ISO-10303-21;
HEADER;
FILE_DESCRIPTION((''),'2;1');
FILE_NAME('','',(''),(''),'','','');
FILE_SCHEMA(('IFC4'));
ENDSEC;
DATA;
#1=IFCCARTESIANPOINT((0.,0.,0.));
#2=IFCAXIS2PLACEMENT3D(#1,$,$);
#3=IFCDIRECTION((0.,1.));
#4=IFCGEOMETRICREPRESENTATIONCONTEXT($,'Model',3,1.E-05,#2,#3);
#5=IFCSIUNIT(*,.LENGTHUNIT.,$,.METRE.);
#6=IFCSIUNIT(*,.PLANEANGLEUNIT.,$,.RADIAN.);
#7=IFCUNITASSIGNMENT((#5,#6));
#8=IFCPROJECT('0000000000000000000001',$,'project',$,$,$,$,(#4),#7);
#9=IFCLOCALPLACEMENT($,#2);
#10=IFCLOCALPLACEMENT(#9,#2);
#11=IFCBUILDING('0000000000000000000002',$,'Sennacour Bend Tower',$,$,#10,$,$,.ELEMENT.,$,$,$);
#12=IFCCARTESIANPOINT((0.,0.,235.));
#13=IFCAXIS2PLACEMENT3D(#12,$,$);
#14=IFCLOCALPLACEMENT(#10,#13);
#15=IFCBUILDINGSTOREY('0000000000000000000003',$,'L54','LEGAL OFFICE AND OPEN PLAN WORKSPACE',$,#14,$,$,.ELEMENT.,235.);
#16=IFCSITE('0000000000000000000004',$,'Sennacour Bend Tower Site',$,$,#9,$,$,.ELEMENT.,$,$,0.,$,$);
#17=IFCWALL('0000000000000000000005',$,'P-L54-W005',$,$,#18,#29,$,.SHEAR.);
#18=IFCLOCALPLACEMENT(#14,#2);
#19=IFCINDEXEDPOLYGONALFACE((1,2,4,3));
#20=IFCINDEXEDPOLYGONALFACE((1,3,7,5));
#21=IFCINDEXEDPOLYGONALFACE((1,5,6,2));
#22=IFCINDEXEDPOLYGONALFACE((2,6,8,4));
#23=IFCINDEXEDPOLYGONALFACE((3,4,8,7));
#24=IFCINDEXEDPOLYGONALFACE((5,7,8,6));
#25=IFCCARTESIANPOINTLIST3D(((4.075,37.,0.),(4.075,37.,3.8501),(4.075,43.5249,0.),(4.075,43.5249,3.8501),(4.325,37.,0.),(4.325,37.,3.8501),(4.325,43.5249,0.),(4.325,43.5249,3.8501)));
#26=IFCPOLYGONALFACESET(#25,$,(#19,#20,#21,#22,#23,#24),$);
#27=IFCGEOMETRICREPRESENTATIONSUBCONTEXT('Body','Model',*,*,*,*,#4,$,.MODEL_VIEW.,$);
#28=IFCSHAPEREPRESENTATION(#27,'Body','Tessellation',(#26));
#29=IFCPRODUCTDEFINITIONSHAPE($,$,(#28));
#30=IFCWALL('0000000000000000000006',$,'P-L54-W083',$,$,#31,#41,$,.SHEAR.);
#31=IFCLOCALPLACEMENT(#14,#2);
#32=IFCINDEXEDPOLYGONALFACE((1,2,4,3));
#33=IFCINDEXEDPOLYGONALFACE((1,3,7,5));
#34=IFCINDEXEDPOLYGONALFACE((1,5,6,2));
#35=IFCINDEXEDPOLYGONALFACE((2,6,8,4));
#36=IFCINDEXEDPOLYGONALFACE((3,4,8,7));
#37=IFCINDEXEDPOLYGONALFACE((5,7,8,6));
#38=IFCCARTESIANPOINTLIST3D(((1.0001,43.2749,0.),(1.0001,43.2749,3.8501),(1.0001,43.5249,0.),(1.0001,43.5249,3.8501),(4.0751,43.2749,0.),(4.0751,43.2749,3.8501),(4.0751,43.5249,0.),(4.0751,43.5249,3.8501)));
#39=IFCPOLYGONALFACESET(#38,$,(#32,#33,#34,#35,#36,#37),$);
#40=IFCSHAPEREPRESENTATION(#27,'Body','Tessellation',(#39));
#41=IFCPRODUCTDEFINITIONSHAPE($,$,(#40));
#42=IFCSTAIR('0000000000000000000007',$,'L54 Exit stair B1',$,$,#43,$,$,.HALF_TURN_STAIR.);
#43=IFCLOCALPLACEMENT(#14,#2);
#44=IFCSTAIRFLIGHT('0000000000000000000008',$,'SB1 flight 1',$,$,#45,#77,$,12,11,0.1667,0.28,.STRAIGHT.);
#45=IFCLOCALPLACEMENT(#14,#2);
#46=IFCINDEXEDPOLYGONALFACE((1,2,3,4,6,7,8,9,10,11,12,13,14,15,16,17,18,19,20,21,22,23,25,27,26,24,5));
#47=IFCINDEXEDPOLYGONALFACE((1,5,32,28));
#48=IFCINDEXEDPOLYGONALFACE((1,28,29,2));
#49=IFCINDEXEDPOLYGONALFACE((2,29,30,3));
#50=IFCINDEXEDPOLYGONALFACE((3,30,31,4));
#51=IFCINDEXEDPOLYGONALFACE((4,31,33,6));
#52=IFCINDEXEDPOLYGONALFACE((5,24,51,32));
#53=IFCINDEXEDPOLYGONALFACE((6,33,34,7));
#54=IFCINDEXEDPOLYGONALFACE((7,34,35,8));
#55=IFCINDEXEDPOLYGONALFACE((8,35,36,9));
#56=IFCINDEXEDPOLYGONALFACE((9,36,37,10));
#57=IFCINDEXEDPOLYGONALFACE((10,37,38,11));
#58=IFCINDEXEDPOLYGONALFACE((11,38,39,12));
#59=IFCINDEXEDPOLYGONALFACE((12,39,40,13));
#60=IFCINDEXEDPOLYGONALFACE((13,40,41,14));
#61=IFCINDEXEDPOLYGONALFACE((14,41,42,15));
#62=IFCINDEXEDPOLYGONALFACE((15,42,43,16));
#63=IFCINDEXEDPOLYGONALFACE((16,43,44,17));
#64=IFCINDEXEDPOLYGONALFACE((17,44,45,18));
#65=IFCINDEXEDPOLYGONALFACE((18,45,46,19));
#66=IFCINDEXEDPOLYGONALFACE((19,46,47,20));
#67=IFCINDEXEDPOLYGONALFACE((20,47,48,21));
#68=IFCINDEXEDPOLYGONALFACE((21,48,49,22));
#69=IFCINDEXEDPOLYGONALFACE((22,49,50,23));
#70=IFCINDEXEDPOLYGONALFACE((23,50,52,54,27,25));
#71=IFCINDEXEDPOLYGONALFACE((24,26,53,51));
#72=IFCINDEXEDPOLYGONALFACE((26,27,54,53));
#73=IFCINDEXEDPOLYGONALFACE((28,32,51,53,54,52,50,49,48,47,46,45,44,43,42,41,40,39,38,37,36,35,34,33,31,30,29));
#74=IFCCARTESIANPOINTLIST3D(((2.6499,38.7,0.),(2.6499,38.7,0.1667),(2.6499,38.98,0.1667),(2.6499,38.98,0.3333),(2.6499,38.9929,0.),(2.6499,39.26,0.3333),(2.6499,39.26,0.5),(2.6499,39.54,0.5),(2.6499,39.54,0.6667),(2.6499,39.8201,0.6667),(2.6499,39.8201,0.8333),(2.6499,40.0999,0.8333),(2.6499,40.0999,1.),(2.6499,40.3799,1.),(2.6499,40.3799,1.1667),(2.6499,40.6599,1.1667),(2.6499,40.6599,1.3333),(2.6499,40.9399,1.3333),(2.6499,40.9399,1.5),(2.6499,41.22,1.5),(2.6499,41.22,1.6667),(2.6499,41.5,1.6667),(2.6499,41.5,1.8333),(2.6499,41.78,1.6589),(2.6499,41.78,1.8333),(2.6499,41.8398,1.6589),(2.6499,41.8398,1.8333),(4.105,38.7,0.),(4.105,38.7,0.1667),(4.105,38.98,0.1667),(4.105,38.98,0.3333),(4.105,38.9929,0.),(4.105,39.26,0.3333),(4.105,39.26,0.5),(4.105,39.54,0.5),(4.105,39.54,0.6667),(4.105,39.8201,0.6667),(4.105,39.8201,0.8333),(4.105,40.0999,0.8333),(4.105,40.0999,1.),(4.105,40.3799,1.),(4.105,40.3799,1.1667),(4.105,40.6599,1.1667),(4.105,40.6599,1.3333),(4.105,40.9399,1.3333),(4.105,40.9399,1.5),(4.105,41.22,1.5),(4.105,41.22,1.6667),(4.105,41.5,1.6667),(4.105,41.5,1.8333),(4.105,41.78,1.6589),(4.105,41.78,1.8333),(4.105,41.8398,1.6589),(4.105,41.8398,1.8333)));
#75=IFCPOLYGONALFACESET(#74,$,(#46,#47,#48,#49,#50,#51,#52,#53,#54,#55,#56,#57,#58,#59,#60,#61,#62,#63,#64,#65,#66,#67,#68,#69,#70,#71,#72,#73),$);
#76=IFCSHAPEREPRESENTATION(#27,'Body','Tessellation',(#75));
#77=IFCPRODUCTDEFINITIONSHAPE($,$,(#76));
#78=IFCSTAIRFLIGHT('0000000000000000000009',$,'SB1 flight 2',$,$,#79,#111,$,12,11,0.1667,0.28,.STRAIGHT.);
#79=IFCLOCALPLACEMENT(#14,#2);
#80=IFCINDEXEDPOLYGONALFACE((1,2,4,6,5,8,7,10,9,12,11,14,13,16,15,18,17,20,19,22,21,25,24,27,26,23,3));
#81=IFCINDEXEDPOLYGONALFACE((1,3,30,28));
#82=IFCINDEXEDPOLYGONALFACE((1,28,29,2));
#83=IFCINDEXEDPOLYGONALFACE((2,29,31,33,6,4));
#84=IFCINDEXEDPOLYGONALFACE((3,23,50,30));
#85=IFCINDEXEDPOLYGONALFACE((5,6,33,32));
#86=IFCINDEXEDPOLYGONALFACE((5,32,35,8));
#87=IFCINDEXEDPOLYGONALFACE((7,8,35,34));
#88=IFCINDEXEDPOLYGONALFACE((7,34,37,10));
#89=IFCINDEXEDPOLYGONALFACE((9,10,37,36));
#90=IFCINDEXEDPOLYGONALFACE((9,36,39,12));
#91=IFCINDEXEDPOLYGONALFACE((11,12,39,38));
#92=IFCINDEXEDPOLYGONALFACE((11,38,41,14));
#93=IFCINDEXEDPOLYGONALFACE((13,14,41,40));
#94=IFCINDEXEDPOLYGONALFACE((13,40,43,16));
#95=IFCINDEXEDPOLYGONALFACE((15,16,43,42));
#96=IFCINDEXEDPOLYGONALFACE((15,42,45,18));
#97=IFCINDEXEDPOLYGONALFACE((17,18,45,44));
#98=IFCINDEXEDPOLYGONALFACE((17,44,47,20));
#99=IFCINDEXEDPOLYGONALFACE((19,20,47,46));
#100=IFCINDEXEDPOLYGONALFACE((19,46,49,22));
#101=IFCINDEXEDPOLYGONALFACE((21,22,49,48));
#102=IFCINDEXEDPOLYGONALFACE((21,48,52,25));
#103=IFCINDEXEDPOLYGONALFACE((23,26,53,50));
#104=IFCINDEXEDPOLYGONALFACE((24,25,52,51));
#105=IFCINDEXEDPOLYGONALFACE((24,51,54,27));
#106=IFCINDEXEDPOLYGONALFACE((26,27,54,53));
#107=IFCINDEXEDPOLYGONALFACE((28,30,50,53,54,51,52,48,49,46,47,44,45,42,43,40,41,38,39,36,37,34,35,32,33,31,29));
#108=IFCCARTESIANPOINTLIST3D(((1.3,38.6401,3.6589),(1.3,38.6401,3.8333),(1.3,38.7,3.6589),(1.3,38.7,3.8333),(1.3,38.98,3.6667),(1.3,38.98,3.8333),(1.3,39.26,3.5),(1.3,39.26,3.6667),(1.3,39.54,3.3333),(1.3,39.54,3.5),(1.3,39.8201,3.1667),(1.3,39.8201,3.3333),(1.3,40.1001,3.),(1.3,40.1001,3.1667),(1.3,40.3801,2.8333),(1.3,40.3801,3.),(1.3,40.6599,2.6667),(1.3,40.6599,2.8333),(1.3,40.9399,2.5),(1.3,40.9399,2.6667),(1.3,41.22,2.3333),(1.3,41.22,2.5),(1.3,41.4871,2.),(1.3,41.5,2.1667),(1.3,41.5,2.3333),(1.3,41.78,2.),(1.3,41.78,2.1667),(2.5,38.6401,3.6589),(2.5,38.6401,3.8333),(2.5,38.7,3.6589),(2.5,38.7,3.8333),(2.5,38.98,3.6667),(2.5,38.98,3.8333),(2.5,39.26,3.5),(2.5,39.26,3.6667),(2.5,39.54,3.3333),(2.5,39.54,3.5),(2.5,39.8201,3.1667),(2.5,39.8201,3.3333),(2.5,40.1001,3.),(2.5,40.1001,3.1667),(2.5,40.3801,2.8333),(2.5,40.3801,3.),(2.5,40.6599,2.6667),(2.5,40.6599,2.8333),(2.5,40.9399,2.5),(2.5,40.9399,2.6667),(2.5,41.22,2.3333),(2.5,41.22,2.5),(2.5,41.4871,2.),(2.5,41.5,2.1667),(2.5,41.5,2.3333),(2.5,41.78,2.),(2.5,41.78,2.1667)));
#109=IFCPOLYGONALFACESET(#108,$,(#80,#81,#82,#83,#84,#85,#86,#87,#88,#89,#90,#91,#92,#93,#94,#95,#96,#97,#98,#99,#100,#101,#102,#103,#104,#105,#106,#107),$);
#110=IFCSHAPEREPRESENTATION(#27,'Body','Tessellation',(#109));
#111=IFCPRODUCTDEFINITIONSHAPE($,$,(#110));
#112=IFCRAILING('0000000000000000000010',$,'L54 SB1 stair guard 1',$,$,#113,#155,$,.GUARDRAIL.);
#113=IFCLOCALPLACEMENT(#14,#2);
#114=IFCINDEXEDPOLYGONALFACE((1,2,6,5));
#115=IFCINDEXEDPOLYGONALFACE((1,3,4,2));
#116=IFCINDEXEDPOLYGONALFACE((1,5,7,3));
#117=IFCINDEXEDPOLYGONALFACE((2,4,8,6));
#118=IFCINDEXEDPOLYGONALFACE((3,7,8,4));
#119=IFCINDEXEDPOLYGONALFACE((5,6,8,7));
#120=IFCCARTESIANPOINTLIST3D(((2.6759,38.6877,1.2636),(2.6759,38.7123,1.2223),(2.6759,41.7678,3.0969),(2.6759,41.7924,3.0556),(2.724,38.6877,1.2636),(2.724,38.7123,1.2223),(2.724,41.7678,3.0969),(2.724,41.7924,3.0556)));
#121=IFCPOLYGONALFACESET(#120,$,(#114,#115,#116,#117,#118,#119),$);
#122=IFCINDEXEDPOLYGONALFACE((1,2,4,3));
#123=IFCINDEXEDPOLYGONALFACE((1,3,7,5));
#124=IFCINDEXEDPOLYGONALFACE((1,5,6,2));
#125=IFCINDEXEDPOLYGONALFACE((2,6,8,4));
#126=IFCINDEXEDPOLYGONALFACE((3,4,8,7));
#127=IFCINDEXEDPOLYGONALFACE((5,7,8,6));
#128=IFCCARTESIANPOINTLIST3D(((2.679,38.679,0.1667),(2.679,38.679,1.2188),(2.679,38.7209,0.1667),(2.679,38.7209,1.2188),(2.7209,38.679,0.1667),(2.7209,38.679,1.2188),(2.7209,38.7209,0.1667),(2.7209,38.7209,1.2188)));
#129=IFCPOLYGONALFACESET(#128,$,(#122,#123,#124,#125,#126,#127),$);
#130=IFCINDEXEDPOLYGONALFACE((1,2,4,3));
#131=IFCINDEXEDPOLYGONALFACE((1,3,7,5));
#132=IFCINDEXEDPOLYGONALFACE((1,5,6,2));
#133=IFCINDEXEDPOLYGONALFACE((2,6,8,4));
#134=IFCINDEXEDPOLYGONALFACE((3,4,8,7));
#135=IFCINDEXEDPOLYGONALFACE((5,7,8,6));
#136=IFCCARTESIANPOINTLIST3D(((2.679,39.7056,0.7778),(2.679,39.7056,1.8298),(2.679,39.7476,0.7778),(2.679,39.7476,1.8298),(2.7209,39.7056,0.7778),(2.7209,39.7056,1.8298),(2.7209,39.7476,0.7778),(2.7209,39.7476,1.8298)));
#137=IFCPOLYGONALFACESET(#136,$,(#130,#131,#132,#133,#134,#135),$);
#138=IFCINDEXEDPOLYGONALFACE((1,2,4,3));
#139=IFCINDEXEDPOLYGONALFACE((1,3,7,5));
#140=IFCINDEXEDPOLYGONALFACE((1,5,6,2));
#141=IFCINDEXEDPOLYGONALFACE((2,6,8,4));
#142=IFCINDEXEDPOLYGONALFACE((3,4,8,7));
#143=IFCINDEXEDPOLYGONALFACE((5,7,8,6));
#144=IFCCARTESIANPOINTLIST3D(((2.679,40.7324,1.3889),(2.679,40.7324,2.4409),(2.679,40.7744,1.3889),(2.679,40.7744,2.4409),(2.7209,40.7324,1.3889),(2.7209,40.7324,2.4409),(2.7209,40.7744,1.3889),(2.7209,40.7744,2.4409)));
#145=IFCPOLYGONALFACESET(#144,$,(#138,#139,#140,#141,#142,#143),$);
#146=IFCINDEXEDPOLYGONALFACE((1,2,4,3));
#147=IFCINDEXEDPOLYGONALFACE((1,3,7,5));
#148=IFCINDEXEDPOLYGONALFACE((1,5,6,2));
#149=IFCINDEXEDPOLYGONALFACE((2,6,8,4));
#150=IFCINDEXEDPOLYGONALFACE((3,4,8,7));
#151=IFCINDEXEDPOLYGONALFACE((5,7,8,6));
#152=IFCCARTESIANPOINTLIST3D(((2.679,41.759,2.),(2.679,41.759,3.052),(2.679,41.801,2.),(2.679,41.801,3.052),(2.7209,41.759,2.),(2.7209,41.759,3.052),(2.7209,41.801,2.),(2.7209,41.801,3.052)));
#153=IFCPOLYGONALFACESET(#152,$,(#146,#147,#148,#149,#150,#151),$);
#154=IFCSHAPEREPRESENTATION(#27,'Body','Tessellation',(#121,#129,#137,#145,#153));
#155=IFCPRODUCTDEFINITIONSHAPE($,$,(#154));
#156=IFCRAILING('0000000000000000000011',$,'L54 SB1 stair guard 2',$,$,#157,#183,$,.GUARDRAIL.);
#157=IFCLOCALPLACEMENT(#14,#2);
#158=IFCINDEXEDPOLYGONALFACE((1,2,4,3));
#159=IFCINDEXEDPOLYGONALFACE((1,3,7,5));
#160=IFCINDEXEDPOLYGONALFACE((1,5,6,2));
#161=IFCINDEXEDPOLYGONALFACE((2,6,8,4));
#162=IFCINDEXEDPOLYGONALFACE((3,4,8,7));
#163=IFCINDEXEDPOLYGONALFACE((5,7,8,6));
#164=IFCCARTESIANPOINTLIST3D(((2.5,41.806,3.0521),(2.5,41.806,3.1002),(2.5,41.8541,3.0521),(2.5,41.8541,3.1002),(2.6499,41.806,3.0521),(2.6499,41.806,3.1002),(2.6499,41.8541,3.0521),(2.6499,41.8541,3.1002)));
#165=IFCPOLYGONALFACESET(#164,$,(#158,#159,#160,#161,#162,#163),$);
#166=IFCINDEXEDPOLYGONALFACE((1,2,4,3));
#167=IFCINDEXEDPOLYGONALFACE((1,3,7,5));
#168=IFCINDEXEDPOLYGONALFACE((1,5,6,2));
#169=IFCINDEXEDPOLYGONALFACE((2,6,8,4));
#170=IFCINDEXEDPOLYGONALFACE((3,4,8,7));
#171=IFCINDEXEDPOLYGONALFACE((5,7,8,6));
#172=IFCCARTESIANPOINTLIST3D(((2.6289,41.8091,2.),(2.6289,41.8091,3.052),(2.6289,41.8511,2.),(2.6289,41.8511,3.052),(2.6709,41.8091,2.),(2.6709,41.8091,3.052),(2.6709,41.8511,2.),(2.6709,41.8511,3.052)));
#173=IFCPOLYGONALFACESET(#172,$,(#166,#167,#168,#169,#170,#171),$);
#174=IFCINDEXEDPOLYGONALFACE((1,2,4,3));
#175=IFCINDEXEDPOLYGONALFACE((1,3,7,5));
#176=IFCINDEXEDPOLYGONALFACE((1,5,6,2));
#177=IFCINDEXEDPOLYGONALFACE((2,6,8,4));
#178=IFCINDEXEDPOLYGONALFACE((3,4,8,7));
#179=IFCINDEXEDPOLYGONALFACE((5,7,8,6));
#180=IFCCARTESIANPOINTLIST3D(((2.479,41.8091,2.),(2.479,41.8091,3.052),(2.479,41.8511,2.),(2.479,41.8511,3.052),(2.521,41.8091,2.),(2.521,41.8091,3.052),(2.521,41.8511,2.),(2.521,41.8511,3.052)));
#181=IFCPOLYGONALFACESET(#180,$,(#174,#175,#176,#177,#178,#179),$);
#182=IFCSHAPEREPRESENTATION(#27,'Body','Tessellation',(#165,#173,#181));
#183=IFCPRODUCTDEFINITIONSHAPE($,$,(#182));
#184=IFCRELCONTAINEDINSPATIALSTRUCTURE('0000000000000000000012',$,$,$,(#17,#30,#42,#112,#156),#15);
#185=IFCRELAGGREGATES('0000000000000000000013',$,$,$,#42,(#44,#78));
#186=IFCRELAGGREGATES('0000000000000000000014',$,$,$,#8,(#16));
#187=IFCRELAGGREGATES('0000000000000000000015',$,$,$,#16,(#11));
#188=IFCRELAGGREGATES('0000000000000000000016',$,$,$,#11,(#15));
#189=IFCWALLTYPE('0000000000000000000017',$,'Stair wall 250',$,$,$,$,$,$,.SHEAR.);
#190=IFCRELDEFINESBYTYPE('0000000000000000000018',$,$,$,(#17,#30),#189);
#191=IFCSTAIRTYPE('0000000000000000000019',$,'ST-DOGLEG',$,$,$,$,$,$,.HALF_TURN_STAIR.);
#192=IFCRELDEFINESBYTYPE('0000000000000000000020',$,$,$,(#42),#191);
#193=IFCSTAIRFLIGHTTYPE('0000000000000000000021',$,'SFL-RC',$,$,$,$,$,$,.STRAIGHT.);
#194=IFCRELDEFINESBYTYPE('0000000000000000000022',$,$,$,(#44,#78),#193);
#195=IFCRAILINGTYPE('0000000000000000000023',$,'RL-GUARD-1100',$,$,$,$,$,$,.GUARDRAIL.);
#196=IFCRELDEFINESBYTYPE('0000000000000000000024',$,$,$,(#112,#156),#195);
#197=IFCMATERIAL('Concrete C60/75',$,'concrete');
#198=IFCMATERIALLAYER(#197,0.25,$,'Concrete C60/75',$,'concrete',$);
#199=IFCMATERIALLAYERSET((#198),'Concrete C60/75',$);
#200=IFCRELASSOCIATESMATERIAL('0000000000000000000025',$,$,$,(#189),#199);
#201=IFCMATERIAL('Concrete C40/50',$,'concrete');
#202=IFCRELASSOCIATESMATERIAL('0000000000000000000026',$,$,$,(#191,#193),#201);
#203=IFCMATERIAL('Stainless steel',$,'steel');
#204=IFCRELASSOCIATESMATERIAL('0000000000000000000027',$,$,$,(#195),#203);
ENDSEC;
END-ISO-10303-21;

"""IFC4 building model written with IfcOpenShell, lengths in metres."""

from ifc_helpers import new_model, si_unit, direction, frame, frame_2d, origin, origin_2d, place, context, subcontext, project, spatial, polyline, rectangle, outline, extrude, material, layer, layer_set, type_object, element, aggregate, save


model = new_model("IFC4")

# Units and contexts
model_context = context("Model", 3, precision=1e-05, world=origin(), true_north=direction((0.0, 1.0)))
body_context = subcontext(model_context, "Body", "Model", "MODEL_VIEW")
ifc_project = project(units=[si_unit("LENGTHUNIT", "METRE"), si_unit("PLANEANGLEUNIT", "RADIAN")], contexts=[model_context])

# Site, building, storey
site_placement = place(None, origin())
site = spatial("IfcSite", under=ifc_project, at=site_placement, Name="Sennacour Bend Tower Site", CompositionType="ELEMENT", RefElevation=0.0)
building_placement = place(site_placement, origin())
building = spatial("IfcBuilding", under=site, at=building_placement, Name="Sennacour Bend Tower", CompositionType="ELEMENT")
storey_placement = place(building_placement, frame((0.0, 0.0, 235.0)))
storey = spatial("IfcBuildingStorey", under=building, at=storey_placement, Name="L54", Description="LEGAL OFFICE AND OPEN PLAN WORKSPACE", CompositionType="ELEMENT", Elevation=235.0)

# Shared definitions
ifc_material_1 = material(Name="Concrete C60/75", Category="concrete")

# Shared definitions
ifc_material_2 = material(Name="Stainless steel", Category="steel")

# Walls
ifc_layer_1 = layer(ifc_material_1, 0.25, Name="Concrete C60/75", Category="concrete")
ifc_layer_set_1 = layer_set([ifc_layer_1], Name="Concrete C60/75")
wall_type_1 = type_object("IfcWallType", Name="Stair wall 250", PredefinedType="SHEAR", material=ifc_layer_set_1)
wall_1_placement = place(storey_placement, frame((4.2, 37.0, 0.0), z_axis=(0.0, 0.0, 1.0), x_axis=(0.0, 1.0, 0.0)))
element("IfcWall", 1, at=wall_1_placement, inside=storey, type_object=wall_type_1, Name="P-L54-W005", PredefinedType="SHEAR", context=body_context, shape_type="SweptSolid", body=[
    extrude(rectangle(XDim=6.5249, YDim=0.25, at=frame_2d((3.2625, 0.0))), origin(), (0.0, 0.0, 1.0), 3.8501),
])
wall_2_placement = place(storey_placement, frame((1.0, 43.3999, 0.0), z_axis=(0.0, 0.0, 1.0), x_axis=(1.0, 0.0, 0.0)))
element("IfcWall", 2, at=wall_2_placement, inside=storey, type_object=wall_type_1, Name="P-L54-W083", PredefinedType="SHEAR", context=body_context, shape_type="SweptSolid", body=[
    extrude(rectangle(XDim=3.075, YDim=0.25, at=frame_2d((1.5376, 0.0))), origin(), (0.0, 0.0, 1.0), 3.8501),
])

# Stair, stair flights
ifc_material_3 = material(Name="Concrete C40/50", Category="concrete")
stair_type = type_object("IfcStairType", Name="ST-DOGLEG", PredefinedType="HALF_TURN_STAIR", material=ifc_material_3)
stair_placement = place(storey_placement, origin())
stair = element("IfcStair", 3, at=stair_placement, inside=storey, type_object=stair_type, Name="L54 Exit stair B1", PredefinedType="HALF_TURN_STAIR")
stair_flight_type = type_object("IfcStairFlightType", Name="SFL-RC", PredefinedType="STRAIGHT", material=ifc_material_3)
stair_flight_1_placement = place(storey_placement, frame((3.3774, 38.7, 0.0), z_axis=(0.0, 0.0, 1.0), x_axis=(0.0, 1.0, 0.0)))
stair_flight_1 = element("IfcStairFlight", 4, at=stair_flight_1_placement, type_object=stair_flight_type, Name="SB1 flight 1", NumberOfRisers=12, NumberOfTreads=11, PredefinedType="STRAIGHT", RiserHeight=0.1667, TreadLength=0.28, context=body_context, shape_type="SweptSolid", body=[
    extrude(outline(polyline([(0.0, 0.0), (0.0, 0.1667), (0.28, 0.1667), (0.28, 0.3333), (0.5601, 0.3333), (0.5601, 0.5), (0.8401, 0.5), (0.8401, 0.6667), (1.1201, 0.6667), (1.1201, 0.8333), (1.3999, 0.8333), (1.3999, 1.0), (1.6799, 1.0), (1.6799, 1.1667), (1.96, 1.1667), (1.96, 1.3333), (2.24, 1.3333), (2.24, 1.5), (2.52, 1.5), (2.52, 1.6667), (2.8, 1.6667), (2.8, 1.8333), (3.0801, 1.8333), (3.1399, 1.8333), (3.1399, 1.6589), (3.0801, 1.6589), (0.293, 0.0), (0.0, 0.0)])), frame((0.0, 0.7275, 0.0), z_axis=(0.0, -1.0, 0.0), x_axis=(1.0, 0.0, 0.0)), (0.0, 0.0, 1.0), 1.4551),
])
stair_flight_2_placement = place(storey_placement, frame((1.8999, 41.78, 2.0), z_axis=(0.0, 0.0, 1.0), x_axis=(0.0, -1.0, 0.0)))
stair_flight_2 = element("IfcStairFlight", 5, at=stair_flight_2_placement, type_object=stair_flight_type, Name="SB1 flight 2", NumberOfRisers=12, NumberOfTreads=11, PredefinedType="STRAIGHT", RiserHeight=0.1667, TreadLength=0.28, context=body_context, shape_type="SweptSolid", body=[
    extrude(outline(polyline([(0.0, 0.0), (0.0, 0.1667), (0.28, 0.1667), (0.28, 0.3333), (0.5601, 0.3333), (0.5601, 0.5), (0.8401, 0.5), (0.8401, 0.6667), (1.1201, 0.6667), (1.1201, 0.8333), (1.3999, 0.8333), (1.3999, 1.0), (1.6799, 1.0), (1.6799, 1.1667), (1.96, 1.1667), (1.96, 1.3333), (2.24, 1.3333), (2.24, 1.5), (2.52, 1.5), (2.52, 1.6667), (2.8, 1.6667), (2.8, 1.8333), (3.0801, 1.8333), (3.1399, 1.8333), (3.1399, 1.6589), (3.0801, 1.6589), (0.293, 0.0), (0.0, 0.0)])), frame((0.0, 0.6001, 0.0), z_axis=(0.0, -1.0, 0.0), x_axis=(1.0, 0.0, 0.0)), (0.0, 0.0, 1.0), 1.2),
])
aggregate(stair, [stair_flight_1, stair_flight_2])

# Railings
railing_type_1 = type_object("IfcRailingType", Name="RL-GUARD-1100", PredefinedType="GUARDRAIL", material=ifc_material_2)
railing_1_placement = place(storey_placement, frame((2.7, 38.7, 0.1667)))
element("IfcRailing", 6, at=railing_1_placement, inside=storey, type_object=railing_type_1, Name="L54 SB1 stair guard 1", PredefinedType="GUARDRAIL", context=body_context, shape_type="SweptSolid", body=[
    extrude(rectangle(XDim=0.0481, YDim=0.0481, at=origin_2d()), frame((0.0, 0.0, 1.0762), z_axis=(0.0, 0.859309, 0.511458), x_axis=(-1.0, 0.0, 0.0)), (0.0, 0.0, 1.0), 3.5845),
    extrude(rectangle(XDim=0.042, YDim=0.042, at=origin_2d()), origin(), (0.0, 0.0, 1.0), 1.052),
    extrude(rectangle(XDim=0.042, YDim=0.042, at=origin_2d()), frame((0.0, 1.0266, 0.6111)), (0.0, 0.0, 1.0), 1.052),
    extrude(rectangle(XDim=0.042, YDim=0.042, at=origin_2d()), frame((0.0, 2.0535, 1.2222)), (0.0, 0.0, 1.0), 1.052),
    extrude(rectangle(XDim=0.042, YDim=0.042, at=origin_2d()), frame((0.0, 3.0801, 1.8333)), (0.0, 0.0, 1.0), 1.052),
])
railing_2_placement = place(storey_placement, frame((2.6499, 41.8301, 2.0)))
element("IfcRailing", 7, at=railing_2_placement, inside=storey, type_object=railing_type_1, Name="L54 SB1 stair guard 2", PredefinedType="GUARDRAIL", context=body_context, shape_type="SweptSolid", body=[
    extrude(rectangle(XDim=0.0481, YDim=0.0481, at=origin_2d()), frame((0.0, 0.0, 1.0762), z_axis=(-1.0, 0.0, 0.0), x_axis=(0.0, -1.0, 0.0)), (0.0, 0.0, 1.0), 0.1499),
    extrude(rectangle(XDim=0.042, YDim=0.042, at=origin_2d()), origin(), (0.0, 0.0, 1.0), 1.052),
    extrude(rectangle(XDim=0.042, YDim=0.042, at=origin_2d()), frame((-0.1499, 0.0, 0.0)), (0.0, 0.0, 1.0), 1.052),
])

save(model, "model.ifc")
